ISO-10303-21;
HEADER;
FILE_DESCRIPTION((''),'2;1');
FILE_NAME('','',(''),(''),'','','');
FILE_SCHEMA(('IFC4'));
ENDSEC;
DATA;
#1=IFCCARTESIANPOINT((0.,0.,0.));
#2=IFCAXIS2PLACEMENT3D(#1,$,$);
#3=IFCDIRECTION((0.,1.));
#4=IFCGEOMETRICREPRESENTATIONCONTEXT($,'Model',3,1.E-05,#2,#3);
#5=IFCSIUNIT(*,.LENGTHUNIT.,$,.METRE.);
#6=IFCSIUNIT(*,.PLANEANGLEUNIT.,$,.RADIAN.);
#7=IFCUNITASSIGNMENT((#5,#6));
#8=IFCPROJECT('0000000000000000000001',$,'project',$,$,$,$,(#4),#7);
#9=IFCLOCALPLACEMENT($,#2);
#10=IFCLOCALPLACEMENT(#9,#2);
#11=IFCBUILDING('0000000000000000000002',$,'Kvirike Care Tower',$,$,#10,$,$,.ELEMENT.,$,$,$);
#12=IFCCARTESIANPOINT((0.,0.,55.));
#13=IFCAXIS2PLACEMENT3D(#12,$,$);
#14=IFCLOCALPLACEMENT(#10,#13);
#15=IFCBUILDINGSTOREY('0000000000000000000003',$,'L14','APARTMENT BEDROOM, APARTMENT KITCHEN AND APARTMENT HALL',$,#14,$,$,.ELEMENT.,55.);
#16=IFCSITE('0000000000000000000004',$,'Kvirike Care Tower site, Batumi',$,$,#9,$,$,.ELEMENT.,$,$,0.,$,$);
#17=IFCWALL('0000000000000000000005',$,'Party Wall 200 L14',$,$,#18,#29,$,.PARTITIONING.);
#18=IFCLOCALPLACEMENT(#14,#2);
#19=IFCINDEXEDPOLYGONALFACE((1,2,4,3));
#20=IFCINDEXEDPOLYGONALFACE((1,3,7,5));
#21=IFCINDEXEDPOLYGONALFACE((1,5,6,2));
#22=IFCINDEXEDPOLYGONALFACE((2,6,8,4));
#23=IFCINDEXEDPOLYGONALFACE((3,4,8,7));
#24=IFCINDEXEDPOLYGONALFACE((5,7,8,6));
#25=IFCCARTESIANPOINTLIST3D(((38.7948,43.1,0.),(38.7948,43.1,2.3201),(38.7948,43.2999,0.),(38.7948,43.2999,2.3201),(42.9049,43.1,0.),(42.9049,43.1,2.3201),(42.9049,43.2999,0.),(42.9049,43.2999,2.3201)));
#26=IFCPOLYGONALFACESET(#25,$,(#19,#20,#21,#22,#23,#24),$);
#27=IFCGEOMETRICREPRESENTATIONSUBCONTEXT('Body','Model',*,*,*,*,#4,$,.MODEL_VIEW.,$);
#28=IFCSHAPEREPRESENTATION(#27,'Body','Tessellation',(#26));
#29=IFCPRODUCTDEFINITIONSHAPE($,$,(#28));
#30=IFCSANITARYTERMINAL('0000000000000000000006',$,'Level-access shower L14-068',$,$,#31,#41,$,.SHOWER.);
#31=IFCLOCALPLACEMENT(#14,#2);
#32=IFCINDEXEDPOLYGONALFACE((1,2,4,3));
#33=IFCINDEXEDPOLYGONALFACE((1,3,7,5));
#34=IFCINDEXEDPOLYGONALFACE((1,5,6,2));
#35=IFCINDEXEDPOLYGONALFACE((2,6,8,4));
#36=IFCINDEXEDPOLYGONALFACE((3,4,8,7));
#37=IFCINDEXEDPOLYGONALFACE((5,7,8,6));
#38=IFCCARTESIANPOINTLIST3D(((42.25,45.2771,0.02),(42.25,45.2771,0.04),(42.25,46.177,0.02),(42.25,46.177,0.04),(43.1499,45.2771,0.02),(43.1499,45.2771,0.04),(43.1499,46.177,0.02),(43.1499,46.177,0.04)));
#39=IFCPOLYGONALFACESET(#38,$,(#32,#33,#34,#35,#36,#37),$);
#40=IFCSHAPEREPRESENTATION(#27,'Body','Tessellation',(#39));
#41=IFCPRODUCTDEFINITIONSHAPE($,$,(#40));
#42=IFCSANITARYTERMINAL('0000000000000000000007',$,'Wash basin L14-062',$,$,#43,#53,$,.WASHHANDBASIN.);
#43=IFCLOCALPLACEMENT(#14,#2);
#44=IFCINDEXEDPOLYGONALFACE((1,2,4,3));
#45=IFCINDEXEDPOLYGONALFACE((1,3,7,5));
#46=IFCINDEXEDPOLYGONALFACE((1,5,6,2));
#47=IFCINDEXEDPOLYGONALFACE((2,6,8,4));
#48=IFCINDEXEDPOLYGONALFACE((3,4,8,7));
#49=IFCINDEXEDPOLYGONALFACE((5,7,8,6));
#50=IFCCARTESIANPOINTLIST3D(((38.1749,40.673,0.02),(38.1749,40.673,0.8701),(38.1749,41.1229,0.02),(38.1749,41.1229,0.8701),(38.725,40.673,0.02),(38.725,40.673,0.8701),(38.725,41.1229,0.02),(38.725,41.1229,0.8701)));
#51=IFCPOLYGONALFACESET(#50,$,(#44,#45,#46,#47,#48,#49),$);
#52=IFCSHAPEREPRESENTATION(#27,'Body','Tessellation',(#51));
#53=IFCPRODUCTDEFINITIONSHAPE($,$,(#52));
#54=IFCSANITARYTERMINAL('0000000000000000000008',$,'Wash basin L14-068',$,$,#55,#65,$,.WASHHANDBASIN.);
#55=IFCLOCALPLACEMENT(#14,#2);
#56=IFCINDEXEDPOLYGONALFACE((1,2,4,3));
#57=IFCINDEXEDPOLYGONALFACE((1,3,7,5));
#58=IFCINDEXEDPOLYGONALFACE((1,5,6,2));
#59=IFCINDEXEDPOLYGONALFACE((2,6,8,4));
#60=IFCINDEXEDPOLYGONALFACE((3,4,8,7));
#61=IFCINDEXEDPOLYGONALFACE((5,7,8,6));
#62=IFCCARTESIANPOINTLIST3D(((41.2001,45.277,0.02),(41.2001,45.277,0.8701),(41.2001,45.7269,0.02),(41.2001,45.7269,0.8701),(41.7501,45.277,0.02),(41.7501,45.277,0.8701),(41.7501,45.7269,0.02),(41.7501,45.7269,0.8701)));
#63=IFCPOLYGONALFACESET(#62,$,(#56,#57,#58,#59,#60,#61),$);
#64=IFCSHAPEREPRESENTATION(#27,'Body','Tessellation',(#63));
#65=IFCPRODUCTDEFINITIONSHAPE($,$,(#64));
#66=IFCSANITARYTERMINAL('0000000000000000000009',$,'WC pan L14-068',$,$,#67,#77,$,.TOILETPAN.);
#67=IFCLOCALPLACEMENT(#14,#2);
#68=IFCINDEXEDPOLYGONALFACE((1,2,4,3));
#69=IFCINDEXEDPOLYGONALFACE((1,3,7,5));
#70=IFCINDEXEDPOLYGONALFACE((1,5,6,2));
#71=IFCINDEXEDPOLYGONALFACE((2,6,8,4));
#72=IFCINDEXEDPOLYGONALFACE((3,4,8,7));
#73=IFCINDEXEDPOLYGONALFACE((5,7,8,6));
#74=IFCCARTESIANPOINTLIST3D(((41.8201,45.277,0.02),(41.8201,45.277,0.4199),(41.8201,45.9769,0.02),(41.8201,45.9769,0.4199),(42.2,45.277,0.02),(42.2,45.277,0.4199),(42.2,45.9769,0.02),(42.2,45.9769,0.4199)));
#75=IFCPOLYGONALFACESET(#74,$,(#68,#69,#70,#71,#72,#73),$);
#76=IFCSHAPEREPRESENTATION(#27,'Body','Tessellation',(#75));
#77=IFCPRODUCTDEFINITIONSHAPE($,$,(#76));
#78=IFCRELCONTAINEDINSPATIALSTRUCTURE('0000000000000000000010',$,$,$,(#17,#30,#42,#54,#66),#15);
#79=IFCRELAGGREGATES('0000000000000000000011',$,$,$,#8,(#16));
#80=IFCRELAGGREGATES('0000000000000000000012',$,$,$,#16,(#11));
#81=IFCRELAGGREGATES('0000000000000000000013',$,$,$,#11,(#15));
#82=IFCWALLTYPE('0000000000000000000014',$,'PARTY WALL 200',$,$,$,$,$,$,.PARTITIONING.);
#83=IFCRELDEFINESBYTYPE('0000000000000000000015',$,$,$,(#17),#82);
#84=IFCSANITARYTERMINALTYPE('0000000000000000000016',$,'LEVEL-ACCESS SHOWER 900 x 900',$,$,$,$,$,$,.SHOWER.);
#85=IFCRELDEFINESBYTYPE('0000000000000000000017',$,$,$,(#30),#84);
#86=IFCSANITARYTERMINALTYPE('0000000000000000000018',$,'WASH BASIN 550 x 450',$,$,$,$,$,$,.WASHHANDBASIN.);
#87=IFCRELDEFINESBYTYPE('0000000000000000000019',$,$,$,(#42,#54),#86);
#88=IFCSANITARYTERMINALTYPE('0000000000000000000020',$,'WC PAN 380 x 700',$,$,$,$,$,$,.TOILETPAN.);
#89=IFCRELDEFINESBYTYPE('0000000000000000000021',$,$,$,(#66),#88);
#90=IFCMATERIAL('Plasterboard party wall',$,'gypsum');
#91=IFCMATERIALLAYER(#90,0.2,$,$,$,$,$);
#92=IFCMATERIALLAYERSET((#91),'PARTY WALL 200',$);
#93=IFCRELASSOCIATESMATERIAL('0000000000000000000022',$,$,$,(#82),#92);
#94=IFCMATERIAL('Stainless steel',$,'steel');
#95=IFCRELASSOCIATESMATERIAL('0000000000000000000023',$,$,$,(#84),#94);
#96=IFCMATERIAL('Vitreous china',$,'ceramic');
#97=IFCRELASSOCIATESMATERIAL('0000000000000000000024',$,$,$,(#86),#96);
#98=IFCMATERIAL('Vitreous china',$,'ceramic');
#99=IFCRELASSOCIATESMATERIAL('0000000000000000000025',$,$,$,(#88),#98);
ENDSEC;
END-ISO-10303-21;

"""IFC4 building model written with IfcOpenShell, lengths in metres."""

from ifc_helpers import new_model, si_unit, direction, frame, frame_2d, origin, origin_2d, place, context, subcontext, project, spatial, rectangle, extrude, material, layer, layer_set, type_object, element, save


model = new_model("IFC4")

# Units and contexts
model_context = context("Model", 3, precision=1e-05, world=origin(), true_north=direction((0.0, 1.0)))
body_context = subcontext(model_context, "Body", "Model", "MODEL_VIEW")
ifc_project = project(units=[si_unit("LENGTHUNIT", "METRE"), si_unit("PLANEANGLEUNIT", "RADIAN")], contexts=[model_context])

# Site, building, storey
site_placement = place(None, origin())
site = spatial("IfcSite", under=ifc_project, at=site_placement, Name="Kvirike Care Tower site, Batumi", CompositionType="ELEMENT", RefElevation=0.0)
building_placement = place(site_placement, origin())
building = spatial("IfcBuilding", under=site, at=building_placement, Name="Kvirike Care Tower", CompositionType="ELEMENT")
storey_placement = place(building_placement, frame((0.0, 0.0, 55.0)))
storey = spatial("IfcBuildingStorey", under=building, at=storey_placement, Name="L14", Description="APARTMENT BEDROOM, APARTMENT KITCHEN AND APARTMENT HALL", CompositionType="ELEMENT", Elevation=55.0)

# Wall
ifc_material_1 = material(Name="Plasterboard party wall", Category="gypsum")
ifc_layer_1 = layer(ifc_material_1, 0.2)
ifc_layer_set_1 = layer_set([ifc_layer_1], Name="PARTY WALL 200")
wall_type_1 = type_object("IfcWallType", Name="PARTY WALL 200", PredefinedType="PARTITIONING", material=ifc_layer_set_1)
wall_1_placement = place(storey_placement, frame((42.905, 43.2, 0.0), z_axis=(0.0, 0.0, 1.0), x_axis=(-1.0, 0.0, 0.0)))
element("IfcWall", 1, at=wall_1_placement, inside=storey, type_object=wall_type_1, Name="Party Wall 200 L14", PredefinedType="PARTITIONING", context=body_context, shape_type="SweptSolid", body=[
    extrude(rectangle(XDim=4.1101, YDim=0.2, at=frame_2d((2.0552, 0.0))), origin(), (0.0, 0.0, 1.0), 2.3201),
])

# Sanitary terminals
ifc_material_2 = material(Name="Stainless steel", Category="steel")
sanitary_terminal_type_1 = type_object("IfcSanitaryTerminalType", Name="LEVEL-ACCESS SHOWER 900 x 900", PredefinedType="SHOWER", material=ifc_material_2)
sanitary_terminal_1_placement = place(storey_placement, frame((42.7, 45.7271, 0.02), z_axis=(0.0, 0.0, 1.0), x_axis=(-1.0, 0.0, 0.0)))
element("IfcSanitaryTerminal", 2, at=sanitary_terminal_1_placement, inside=storey, type_object=sanitary_terminal_type_1, Name="Level-access shower L14-068", PredefinedType="SHOWER", context=body_context, shape_type="SweptSolid", body=[
    extrude(rectangle(XDim=0.8999, YDim=0.8999, at=origin_2d()), origin(), (0.0, 0.0, 1.0), 0.02),
])
ifc_material_3 = material(Name="Vitreous china", Category="ceramic")
sanitary_terminal_type_2 = type_object("IfcSanitaryTerminalType", Name="WASH BASIN 550 x 450", PredefinedType="WASHHANDBASIN", material=ifc_material_3)
for number, where, z_axis, x_axis, name in (
    (3, (38.45, 40.8979, 0.02), (0.0, 0.0, 1.0), (1.0, 0.0, 0.0), "Wash basin L14-062"),
    (4, (41.4751, 45.502, 0.02), (0.0, 0.0, 1.0), (-1.0, 0.0, 0.0), "Wash basin L14-068"),
):
    element("IfcSanitaryTerminal", number, at=place(storey_placement, frame(where, z_axis=z_axis, x_axis=x_axis)), inside=storey, type_object=sanitary_terminal_type_2, Name=name, PredefinedType="WASHHANDBASIN", context=body_context, shape_type="SweptSolid", body=[
        extrude(rectangle(XDim=0.55, YDim=0.45, at=origin_2d()), origin(), (0.0, 0.0, 1.0), 0.8501),
    ])
ifc_material_4 = material(Name="Vitreous china", Category="ceramic")
sanitary_terminal_type_3 = type_object("IfcSanitaryTerminalType", Name="WC PAN 380 x 700", PredefinedType="TOILETPAN", material=ifc_material_4)
sanitary_terminal_2_placement = place(storey_placement, frame((42.01, 45.627, 0.02), z_axis=(0.0, 0.0, 1.0), x_axis=(-1.0, 0.0, 0.0)))
element("IfcSanitaryTerminal", 5, at=sanitary_terminal_2_placement, inside=storey, type_object=sanitary_terminal_type_3, Name="WC pan L14-068", PredefinedType="TOILETPAN", context=body_context, shape_type="SweptSolid", body=[
    extrude(rectangle(XDim=0.3799, YDim=0.7, at=origin_2d()), origin(), (0.0, 0.0, 1.0), 0.3999),
])

save(model, "model.ifc")
